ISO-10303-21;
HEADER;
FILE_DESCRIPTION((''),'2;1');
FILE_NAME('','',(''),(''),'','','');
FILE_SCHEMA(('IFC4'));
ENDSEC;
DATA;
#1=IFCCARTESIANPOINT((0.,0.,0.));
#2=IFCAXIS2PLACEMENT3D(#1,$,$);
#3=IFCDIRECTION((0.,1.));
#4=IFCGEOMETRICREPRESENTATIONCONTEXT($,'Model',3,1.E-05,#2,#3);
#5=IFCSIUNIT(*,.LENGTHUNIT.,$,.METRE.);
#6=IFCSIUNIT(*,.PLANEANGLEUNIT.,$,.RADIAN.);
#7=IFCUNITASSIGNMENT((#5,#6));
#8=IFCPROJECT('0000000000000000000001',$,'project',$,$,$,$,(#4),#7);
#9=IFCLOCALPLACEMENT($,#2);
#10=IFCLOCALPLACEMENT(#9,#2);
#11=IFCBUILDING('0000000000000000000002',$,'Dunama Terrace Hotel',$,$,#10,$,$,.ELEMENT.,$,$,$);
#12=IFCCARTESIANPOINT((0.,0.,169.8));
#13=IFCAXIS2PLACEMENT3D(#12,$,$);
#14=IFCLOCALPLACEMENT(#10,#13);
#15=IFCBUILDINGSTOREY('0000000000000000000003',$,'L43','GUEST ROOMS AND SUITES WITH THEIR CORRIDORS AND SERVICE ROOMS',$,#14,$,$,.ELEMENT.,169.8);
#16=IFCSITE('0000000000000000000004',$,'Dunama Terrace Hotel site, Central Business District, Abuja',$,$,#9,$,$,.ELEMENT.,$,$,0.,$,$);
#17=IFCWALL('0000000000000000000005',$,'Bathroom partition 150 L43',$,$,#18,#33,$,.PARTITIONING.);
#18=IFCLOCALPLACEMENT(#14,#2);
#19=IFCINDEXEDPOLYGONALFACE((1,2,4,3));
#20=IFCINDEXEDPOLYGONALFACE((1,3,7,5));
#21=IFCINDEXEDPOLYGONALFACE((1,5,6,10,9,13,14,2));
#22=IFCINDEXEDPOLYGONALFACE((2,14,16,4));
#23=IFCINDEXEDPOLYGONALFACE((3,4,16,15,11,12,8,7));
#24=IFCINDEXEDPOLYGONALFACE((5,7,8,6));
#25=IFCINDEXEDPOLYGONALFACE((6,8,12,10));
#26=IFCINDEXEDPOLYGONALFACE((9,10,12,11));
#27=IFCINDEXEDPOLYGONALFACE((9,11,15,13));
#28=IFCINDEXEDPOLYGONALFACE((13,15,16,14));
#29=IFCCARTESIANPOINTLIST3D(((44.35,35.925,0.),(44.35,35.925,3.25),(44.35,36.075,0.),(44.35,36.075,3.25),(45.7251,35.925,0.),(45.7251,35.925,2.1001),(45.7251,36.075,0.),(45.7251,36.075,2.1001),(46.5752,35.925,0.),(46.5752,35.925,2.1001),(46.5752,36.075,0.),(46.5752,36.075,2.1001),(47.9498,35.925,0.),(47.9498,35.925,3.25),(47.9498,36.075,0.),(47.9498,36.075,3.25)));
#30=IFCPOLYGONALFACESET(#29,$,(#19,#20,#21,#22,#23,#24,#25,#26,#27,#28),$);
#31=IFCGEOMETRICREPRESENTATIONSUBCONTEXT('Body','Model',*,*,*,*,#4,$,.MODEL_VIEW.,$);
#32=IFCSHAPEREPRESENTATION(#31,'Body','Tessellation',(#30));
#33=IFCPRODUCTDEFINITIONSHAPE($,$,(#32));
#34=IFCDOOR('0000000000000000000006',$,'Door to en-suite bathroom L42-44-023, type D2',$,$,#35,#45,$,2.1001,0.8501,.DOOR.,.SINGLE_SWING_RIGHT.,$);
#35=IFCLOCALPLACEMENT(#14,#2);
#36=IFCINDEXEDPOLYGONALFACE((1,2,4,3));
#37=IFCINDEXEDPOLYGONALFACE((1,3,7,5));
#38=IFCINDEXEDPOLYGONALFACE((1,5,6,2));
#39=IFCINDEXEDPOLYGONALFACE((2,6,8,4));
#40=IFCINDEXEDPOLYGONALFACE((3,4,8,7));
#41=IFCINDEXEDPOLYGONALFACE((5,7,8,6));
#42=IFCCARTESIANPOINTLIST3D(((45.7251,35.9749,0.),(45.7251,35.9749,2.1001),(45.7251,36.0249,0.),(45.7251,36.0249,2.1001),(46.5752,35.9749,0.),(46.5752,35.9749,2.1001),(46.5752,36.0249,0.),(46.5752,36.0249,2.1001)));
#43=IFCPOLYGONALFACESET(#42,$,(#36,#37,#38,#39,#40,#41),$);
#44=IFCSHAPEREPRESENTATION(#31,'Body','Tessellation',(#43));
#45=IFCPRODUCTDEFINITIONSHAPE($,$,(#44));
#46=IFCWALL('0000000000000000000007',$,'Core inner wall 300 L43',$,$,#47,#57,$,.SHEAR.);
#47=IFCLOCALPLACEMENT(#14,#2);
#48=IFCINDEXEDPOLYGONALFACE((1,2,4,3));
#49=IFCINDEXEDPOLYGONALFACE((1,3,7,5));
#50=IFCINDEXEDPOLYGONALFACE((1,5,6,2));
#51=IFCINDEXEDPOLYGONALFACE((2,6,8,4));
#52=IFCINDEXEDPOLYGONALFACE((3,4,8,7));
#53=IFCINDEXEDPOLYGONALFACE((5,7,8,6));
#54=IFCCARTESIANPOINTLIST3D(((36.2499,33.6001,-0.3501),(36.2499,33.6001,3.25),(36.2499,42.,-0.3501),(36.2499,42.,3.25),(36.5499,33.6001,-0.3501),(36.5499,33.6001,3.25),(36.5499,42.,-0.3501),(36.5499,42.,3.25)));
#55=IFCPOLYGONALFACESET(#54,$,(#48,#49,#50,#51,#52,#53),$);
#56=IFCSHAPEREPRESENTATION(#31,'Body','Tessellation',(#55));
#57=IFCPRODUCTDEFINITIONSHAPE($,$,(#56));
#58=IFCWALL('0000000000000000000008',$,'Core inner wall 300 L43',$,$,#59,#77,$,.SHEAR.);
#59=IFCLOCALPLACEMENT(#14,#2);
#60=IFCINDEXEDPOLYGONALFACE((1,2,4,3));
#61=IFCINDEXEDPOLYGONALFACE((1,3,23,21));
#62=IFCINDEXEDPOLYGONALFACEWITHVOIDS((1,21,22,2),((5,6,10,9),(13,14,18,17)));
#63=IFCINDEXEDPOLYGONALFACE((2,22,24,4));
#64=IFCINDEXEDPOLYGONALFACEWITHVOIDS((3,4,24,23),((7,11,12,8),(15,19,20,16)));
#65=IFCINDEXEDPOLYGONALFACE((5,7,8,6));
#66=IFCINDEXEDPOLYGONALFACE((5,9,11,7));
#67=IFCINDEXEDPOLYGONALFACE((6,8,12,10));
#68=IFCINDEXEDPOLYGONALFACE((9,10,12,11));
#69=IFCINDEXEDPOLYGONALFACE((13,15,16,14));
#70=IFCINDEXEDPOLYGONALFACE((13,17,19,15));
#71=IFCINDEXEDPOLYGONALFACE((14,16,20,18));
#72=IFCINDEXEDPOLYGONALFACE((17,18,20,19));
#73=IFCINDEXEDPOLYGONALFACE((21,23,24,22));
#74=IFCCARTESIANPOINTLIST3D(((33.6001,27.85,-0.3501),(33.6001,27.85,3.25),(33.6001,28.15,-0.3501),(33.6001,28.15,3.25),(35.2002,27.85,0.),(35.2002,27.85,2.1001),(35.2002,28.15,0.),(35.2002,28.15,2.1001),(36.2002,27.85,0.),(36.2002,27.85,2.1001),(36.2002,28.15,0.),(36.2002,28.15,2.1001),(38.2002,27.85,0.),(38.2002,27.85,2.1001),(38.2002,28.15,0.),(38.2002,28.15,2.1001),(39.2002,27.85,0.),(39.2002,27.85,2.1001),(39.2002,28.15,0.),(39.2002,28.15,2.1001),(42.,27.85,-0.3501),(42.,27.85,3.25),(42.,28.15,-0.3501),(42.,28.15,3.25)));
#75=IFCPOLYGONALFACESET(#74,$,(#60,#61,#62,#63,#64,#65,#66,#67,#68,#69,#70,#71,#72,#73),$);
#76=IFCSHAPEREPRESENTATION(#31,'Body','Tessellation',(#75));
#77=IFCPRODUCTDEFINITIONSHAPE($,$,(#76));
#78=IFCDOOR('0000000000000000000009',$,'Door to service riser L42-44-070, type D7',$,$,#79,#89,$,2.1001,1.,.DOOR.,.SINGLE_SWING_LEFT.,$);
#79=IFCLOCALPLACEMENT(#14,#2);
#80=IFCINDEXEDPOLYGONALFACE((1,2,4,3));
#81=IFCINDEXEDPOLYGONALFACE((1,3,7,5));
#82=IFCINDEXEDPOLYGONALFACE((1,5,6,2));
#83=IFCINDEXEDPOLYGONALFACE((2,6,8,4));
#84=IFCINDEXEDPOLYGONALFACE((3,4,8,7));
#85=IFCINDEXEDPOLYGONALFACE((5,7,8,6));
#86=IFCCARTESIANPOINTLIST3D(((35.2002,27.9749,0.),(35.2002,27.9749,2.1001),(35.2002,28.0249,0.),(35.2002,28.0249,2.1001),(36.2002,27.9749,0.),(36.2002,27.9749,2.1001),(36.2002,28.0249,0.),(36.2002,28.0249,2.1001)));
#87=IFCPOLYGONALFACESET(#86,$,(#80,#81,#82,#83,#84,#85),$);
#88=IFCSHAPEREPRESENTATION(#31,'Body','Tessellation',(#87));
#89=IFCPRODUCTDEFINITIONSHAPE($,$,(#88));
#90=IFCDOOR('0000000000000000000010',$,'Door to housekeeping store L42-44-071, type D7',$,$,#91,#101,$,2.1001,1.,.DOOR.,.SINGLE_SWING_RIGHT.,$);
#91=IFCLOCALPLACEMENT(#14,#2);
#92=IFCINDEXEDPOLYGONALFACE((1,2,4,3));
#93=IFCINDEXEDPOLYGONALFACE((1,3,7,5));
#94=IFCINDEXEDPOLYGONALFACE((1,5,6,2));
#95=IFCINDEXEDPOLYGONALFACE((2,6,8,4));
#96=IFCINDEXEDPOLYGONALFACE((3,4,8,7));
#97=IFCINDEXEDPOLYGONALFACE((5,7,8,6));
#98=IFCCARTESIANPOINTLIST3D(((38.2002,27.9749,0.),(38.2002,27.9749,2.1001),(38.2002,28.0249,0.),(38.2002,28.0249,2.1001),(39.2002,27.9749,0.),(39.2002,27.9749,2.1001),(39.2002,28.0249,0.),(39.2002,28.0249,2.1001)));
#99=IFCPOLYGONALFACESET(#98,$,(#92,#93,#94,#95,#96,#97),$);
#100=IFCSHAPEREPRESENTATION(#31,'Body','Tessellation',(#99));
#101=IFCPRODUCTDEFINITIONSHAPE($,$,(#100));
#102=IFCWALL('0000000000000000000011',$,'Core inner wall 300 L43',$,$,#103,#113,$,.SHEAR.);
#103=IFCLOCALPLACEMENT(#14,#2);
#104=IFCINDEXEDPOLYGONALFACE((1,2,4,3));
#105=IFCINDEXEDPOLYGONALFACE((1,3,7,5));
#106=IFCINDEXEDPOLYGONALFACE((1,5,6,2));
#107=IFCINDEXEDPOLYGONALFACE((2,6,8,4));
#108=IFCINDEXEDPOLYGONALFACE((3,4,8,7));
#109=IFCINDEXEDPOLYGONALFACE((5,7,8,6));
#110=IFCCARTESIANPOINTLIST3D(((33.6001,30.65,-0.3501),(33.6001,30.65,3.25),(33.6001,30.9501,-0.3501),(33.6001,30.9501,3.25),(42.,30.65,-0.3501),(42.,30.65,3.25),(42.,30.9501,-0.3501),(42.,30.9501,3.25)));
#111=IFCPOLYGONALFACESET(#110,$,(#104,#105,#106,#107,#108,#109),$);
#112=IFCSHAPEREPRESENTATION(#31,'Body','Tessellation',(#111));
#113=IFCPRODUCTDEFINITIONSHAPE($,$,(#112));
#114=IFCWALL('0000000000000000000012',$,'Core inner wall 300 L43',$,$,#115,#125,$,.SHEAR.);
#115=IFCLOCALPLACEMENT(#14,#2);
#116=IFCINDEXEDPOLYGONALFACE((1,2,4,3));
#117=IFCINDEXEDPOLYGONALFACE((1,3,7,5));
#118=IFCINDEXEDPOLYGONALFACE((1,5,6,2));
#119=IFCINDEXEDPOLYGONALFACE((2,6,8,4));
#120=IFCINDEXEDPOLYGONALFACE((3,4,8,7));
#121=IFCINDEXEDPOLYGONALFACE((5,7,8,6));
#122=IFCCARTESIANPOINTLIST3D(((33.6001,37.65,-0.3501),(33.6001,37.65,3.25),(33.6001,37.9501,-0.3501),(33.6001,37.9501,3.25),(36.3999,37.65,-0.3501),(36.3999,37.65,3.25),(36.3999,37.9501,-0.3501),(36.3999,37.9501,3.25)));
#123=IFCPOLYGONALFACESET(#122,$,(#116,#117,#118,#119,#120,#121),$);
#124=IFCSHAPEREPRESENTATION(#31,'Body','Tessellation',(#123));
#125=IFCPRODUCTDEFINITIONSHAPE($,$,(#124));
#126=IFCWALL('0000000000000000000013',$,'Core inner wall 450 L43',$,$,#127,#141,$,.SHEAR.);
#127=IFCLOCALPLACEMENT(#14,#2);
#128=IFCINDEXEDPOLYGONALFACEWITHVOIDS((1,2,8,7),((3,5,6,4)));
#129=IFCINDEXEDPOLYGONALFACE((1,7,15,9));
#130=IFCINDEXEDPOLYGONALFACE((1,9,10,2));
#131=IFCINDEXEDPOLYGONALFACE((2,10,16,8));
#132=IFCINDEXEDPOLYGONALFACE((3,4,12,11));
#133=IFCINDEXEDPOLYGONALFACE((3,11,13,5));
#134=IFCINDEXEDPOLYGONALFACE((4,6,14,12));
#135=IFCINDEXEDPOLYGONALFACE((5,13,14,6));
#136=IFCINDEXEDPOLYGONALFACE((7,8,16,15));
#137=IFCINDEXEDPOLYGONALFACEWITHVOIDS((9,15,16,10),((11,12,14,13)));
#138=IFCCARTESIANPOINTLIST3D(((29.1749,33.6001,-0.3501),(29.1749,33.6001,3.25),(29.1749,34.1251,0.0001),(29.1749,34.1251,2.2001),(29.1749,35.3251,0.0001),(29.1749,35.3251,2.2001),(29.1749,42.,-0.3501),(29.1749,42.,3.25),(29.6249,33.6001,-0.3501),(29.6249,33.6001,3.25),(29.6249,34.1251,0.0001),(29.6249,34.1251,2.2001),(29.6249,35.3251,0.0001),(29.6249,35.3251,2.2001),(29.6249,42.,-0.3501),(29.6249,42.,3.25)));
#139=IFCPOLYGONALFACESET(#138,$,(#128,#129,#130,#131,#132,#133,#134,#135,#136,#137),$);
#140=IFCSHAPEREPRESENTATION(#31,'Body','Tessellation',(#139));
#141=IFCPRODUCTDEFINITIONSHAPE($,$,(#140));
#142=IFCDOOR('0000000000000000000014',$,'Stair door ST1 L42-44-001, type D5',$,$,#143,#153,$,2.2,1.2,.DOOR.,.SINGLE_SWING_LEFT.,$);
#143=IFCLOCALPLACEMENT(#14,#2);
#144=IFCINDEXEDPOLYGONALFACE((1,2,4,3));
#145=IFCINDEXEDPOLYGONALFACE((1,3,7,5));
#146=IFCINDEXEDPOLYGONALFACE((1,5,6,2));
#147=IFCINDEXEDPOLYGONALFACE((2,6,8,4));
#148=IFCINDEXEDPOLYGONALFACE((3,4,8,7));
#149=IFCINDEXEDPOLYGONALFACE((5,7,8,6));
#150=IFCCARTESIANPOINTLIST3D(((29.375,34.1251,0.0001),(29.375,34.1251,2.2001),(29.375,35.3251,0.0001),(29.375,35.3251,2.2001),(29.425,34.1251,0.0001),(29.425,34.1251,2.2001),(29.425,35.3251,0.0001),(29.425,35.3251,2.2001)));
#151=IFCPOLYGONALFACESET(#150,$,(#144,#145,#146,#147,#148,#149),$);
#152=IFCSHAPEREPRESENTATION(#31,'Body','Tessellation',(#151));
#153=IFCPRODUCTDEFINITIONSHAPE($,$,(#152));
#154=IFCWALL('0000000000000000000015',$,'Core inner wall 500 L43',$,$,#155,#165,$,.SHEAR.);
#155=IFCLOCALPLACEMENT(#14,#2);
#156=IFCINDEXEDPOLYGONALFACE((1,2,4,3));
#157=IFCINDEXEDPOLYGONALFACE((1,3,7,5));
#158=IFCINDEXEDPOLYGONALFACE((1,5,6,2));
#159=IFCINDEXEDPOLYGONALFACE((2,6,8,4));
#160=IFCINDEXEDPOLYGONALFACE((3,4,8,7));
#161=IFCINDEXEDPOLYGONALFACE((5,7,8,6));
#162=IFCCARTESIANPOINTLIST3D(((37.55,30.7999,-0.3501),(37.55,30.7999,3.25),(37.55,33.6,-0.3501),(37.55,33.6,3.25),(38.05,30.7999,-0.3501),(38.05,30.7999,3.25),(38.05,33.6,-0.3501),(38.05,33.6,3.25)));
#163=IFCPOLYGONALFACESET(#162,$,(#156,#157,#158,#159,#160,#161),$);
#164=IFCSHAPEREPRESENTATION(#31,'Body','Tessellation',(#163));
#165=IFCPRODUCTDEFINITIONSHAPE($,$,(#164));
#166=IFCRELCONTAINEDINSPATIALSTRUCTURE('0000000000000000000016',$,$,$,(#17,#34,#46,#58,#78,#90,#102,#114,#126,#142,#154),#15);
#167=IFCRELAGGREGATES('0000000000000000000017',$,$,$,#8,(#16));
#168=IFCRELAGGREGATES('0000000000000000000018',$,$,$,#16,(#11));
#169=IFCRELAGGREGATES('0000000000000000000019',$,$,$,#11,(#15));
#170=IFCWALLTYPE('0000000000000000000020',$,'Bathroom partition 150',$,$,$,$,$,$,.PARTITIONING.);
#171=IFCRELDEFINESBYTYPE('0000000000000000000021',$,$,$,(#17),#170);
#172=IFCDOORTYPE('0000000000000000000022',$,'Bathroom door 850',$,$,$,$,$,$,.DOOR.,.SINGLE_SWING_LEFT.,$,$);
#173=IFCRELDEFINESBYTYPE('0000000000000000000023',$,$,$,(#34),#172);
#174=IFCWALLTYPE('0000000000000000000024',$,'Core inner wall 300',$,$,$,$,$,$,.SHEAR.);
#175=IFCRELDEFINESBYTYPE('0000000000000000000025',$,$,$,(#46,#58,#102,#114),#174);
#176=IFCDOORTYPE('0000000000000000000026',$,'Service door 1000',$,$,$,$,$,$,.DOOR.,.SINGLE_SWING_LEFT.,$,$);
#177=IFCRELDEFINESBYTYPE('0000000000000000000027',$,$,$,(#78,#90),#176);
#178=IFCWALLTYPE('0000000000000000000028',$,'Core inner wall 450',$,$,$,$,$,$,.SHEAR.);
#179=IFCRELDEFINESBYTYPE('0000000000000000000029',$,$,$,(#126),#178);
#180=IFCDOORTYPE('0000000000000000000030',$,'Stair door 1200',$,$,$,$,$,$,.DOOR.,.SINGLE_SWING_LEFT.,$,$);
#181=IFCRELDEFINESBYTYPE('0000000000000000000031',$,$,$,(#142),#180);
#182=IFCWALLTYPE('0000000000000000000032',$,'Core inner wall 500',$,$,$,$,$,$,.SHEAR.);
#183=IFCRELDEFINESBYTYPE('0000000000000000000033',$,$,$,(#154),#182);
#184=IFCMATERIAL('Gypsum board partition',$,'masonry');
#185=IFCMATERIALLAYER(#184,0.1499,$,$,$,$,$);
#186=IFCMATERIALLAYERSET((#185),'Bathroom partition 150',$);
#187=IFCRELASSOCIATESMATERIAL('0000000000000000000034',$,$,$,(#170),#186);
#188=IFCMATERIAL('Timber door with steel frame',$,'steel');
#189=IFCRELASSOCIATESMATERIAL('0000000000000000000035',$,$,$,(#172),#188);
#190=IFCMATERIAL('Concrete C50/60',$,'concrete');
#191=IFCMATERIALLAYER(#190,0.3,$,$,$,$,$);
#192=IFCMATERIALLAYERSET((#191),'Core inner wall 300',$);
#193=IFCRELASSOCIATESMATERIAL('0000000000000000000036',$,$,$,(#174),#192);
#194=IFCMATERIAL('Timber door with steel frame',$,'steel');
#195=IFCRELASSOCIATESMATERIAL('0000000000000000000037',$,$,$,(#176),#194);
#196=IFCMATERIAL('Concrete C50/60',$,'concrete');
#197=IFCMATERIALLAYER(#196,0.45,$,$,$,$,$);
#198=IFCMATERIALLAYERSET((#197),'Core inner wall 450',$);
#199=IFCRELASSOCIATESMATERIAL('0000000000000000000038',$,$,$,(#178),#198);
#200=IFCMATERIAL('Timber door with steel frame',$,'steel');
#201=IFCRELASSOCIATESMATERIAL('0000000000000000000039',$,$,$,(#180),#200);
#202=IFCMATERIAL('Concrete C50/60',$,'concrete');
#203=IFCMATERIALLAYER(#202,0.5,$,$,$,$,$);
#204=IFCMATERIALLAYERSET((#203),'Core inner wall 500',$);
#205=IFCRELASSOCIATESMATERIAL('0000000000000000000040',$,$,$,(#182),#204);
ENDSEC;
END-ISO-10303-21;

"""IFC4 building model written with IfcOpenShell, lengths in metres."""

from ifc_helpers import new_model, si_unit, direction, frame, frame_2d, origin, place, context, subcontext, project, spatial, rectangle, extrude, material, layer, layer_set, type_object, element, fill, save


model = new_model("IFC4")

# Units and contexts
model_context = context("Model", 3, precision=1e-05, world=origin(), true_north=direction((0.0, 1.0)))
body_context = subcontext(model_context, "Body", "Model", "MODEL_VIEW")
ifc_project = project(units=[si_unit("LENGTHUNIT", "METRE"), si_unit("PLANEANGLEUNIT", "RADIAN")], contexts=[model_context])

# Site, building, storey
site_placement = place(None, origin())
site = spatial("IfcSite", under=ifc_project, at=site_placement, Name="Dunama Terrace Hotel site, Central Business District, Abuja", CompositionType="ELEMENT", RefElevation=0.0)
building_placement = place(site_placement, origin())
building = spatial("IfcBuilding", under=site, at=building_placement, Name="Dunama Terrace Hotel", CompositionType="ELEMENT")
storey_placement = place(building_placement, frame((0.0, 0.0, 169.8)))
storey = spatial("IfcBuildingStorey", under=building, at=storey_placement, Name="L43", Description="GUEST ROOMS AND SUITES WITH THEIR CORRIDORS AND SERVICE ROOMS", CompositionType="ELEMENT", Elevation=169.8)

# Wall, opening, door
ifc_material_1 = material(Name="Gypsum board partition", Category="masonry")
ifc_layer_1 = layer(ifc_material_1, 0.1499)
ifc_layer_set_1 = layer_set([ifc_layer_1], Name="Bathroom partition 150")
wall_type_1 = type_object("IfcWallType", Name="Bathroom partition 150", PredefinedType="PARTITIONING", material=ifc_layer_set_1)
wall_1_placement = place(storey_placement, frame((44.3501, 36.0, 0.0), z_axis=(0.0, 0.0, 1.0), x_axis=(1.0, 0.0, 0.0)))
wall_1 = element("IfcWall", 1, at=wall_1_placement, inside=storey, type_object=wall_type_1, Name="Bathroom partition 150 L43", PredefinedType="PARTITIONING", context=body_context, shape_type="SweptSolid", body=[
    extrude(rectangle(XDim=3.5999, YDim=0.1499, at=frame_2d((1.7998, 0.0))), origin(), (0.0, 0.0, 1.0), 3.25),
])
opening_1_placement = place(wall_1_placement, frame((1.375, 0.0, 0.0)))
opening_1 = element("IfcOpeningElement", 2, at=opening_1_placement, cuts=wall_1, PredefinedType="OPENING", context=body_context, shape_type="SweptSolid", body=[
    extrude(rectangle(XDim=0.8501, YDim=2.1001, at=frame_2d((0.425, 1.05))), frame((0.0, 0.085, 0.0), z_axis=(0.0, -1.0, 0.0), x_axis=(1.0, 0.0, 0.0)), (0.0, 0.0, 1.0), 0.1699),
])
ifc_material_2 = material(Name="Timber door with steel frame", Category="steel")
door_type_1 = type_object("IfcDoorType", Name="Bathroom door 850", OperationType="SINGLE_SWING_LEFT", PredefinedType="DOOR", material=ifc_material_2)
door_1_placement = place(opening_1_placement, frame((0.8501, 0.0, 0.0), z_axis=(0.0, 0.0, 1.0), x_axis=(-1.0, 0.0, 0.0)))
door_1 = element("IfcDoor", 3, at=door_1_placement, inside=storey, type_object=door_type_1, Name="Door to en-suite bathroom L42-44-023, type D2", OperationType="SINGLE_SWING_RIGHT", OverallHeight=2.1001, OverallWidth=0.8501, PredefinedType="DOOR", context=body_context, shape_type="SweptSolid", body=[
    extrude(rectangle(XDim=0.8501, YDim=2.1001, at=frame_2d((0.425, 1.05))), frame((0.0, 0.0251, 0.0), z_axis=(0.0, -1.0, 0.0), x_axis=(1.0, 0.0, 0.0)), (0.0, 0.0, 1.0), 0.05),
])
fill(opening_1, door_1)

# Wall
ifc_material_3 = material(Name="Concrete C50/60", Category="concrete")
ifc_layer_2 = layer(ifc_material_3, 0.3)
ifc_layer_set_2 = layer_set([ifc_layer_2], Name="Core inner wall 300")
wall_type_2 = type_object("IfcWallType", Name="Core inner wall 300", PredefinedType="SHEAR", material=ifc_layer_set_2)
wall_2_placement = place(storey_placement, frame((36.3999, 33.6001, -0.3501), z_axis=(0.0, 0.0, 1.0), x_axis=(0.0, 1.0, 0.0)))
element("IfcWall", 4, at=wall_2_placement, inside=storey, type_object=wall_type_2, Name="Core inner wall 300 L43", PredefinedType="SHEAR", context=body_context, shape_type="SweptSolid", body=[
    extrude(rectangle(XDim=8.3999, YDim=0.3, at=frame_2d((4.2, 0.0))), origin(), (0.0, 0.0, 1.0), 3.6001),
])

# Wall, openings, doors
wall_3_placement = place(storey_placement, frame((33.6001, 28.0, -0.3501), z_axis=(0.0, 0.0, 1.0), x_axis=(1.0, 0.0, 0.0)))
wall_3 = element("IfcWall", 5, at=wall_3_placement, inside=storey, type_object=wall_type_2, Name="Core inner wall 300 L43", PredefinedType="SHEAR", context=body_context, shape_type="SweptSolid", body=[
    extrude(rectangle(XDim=8.3999, YDim=0.3, at=frame_2d((4.2, 0.0))), origin(), (0.0, 0.0, 1.0), 3.6001),
])
opening_2_placement = place(wall_3_placement, frame((1.6001, 0.0, 0.3501)))
opening_2 = element("IfcOpeningElement", 6, at=opening_2_placement, cuts=wall_3, PredefinedType="OPENING", context=body_context, shape_type="SweptSolid", body=[
    extrude(rectangle(XDim=1.0, YDim=2.1001, at=frame_2d((0.5, 1.05))), frame((0.0, 0.1599, 0.0), z_axis=(0.0, -1.0, 0.0), x_axis=(1.0, 0.0, 0.0)), (0.0, 0.0, 1.0), 0.3201),
])
opening_3_placement = place(wall_3_placement, frame((4.6001, 0.0, 0.3501)))
opening_3 = element("IfcOpeningElement", 7, at=opening_3_placement, cuts=wall_3, PredefinedType="OPENING", context=body_context, shape_type="SweptSolid", body=[
    extrude(rectangle(XDim=1.0, YDim=2.1001, at=frame_2d((0.5, 1.05))), frame((0.0, 0.1599, 0.0), z_axis=(0.0, -1.0, 0.0), x_axis=(1.0, 0.0, 0.0)), (0.0, 0.0, 1.0), 0.3201),
])
ifc_material_4 = material(Name="Timber door with steel frame", Category="steel")
door_type_2 = type_object("IfcDoorType", Name="Service door 1000", OperationType="SINGLE_SWING_LEFT", PredefinedType="DOOR", material=ifc_material_4)
door_2_placement = place(opening_2_placement, frame((1.0, 0.0, 0.0), z_axis=(0.0, 0.0, 1.0), x_axis=(-1.0, 0.0, 0.0)))
door_2 = element("IfcDoor", 8, at=door_2_placement, inside=storey, type_object=door_type_2, Name="Door to service riser L42-44-070, type D7", OperationType="SINGLE_SWING_LEFT", OverallHeight=2.1001, OverallWidth=1.0, PredefinedType="DOOR", context=body_context, shape_type="SweptSolid", body=[
    extrude(rectangle(XDim=1.0, YDim=2.1001, at=frame_2d((0.5, 1.05))), frame((0.0, 0.0251, 0.0), z_axis=(0.0, -1.0, 0.0), x_axis=(1.0, 0.0, 0.0)), (0.0, 0.0, 1.0), 0.05),
])
fill(opening_2, door_2)
door_3_placement = place(opening_3_placement, frame((1.0, 0.0, 0.0), z_axis=(0.0, 0.0, 1.0), x_axis=(-1.0, 0.0, 0.0)))
door_3 = element("IfcDoor", 9, at=door_3_placement, inside=storey, type_object=door_type_2, Name="Door to housekeeping store L42-44-071, type D7", OperationType="SINGLE_SWING_RIGHT", OverallHeight=2.1001, OverallWidth=1.0, PredefinedType="DOOR", context=body_context, shape_type="SweptSolid", body=[
    extrude(rectangle(XDim=1.0, YDim=2.1001, at=frame_2d((0.5, 1.05))), frame((0.0, 0.0251, 0.0), z_axis=(0.0, -1.0, 0.0), x_axis=(1.0, 0.0, 0.0)), (0.0, 0.0, 1.0), 0.05),
])
fill(opening_3, door_3)

# Walls
wall_4_placement = place(storey_placement, frame((33.6001, 30.8, -0.3501), z_axis=(0.0, 0.0, 1.0), x_axis=(1.0, 0.0, 0.0)))
element("IfcWall", 10, at=wall_4_placement, inside=storey, type_object=wall_type_2, Name="Core inner wall 300 L43", PredefinedType="SHEAR", context=body_context, shape_type="SweptSolid", body=[
    extrude(rectangle(XDim=8.3999, YDim=0.3, at=frame_2d((4.2, 0.0))), origin(), (0.0, 0.0, 1.0), 3.6001),
])
wall_5_placement = place(storey_placement, frame((33.6001, 37.8, -0.3501), z_axis=(0.0, 0.0, 1.0), x_axis=(1.0, 0.0, 0.0)))
element("IfcWall", 11, at=wall_5_placement, inside=storey, type_object=wall_type_2, Name="Core inner wall 300 L43", PredefinedType="SHEAR", context=body_context, shape_type="SweptSolid", body=[
    extrude(rectangle(XDim=2.7998, YDim=0.3, at=frame_2d((1.3999, 0.0))), origin(), (0.0, 0.0, 1.0), 3.6001),
])

# Wall, opening, door
ifc_material_5 = material(Name="Concrete C50/60", Category="concrete")
ifc_layer_3 = layer(ifc_material_5, 0.45)
ifc_layer_set_3 = layer_set([ifc_layer_3], Name="Core inner wall 450")
wall_type_3 = type_object("IfcWallType", Name="Core inner wall 450", PredefinedType="SHEAR", material=ifc_layer_set_3)
wall_6_placement = place(storey_placement, frame((29.3999, 33.6001, -0.3501), z_axis=(0.0, 0.0, 1.0), x_axis=(0.0, 1.0, 0.0)))
wall_6 = element("IfcWall", 12, at=wall_6_placement, inside=storey, type_object=wall_type_3, Name="Core inner wall 450 L43", PredefinedType="SHEAR", context=body_context, shape_type="SweptSolid", body=[
    extrude(rectangle(XDim=8.3999, YDim=0.45, at=frame_2d((4.2, 0.0))), origin(), (0.0, 0.0, 1.0), 3.6001),
])
opening_4_placement = place(wall_6_placement, frame((0.5249, 0.0, 0.3501)))
opening_4 = element("IfcOpeningElement", 13, at=opening_4_placement, cuts=wall_6, PredefinedType="OPENING", context=body_context, shape_type="SweptSolid", body=[
    extrude(rectangle(XDim=1.2, YDim=2.2, at=frame_2d((0.6001, 1.1001))), frame((0.0, 0.2349, 0.0), z_axis=(0.0, -1.0, 0.0), x_axis=(1.0, 0.0, 0.0)), (0.0, 0.0, 1.0), 0.47),
])
ifc_material_6 = material(Name="Timber door with steel frame", Category="steel")
door_type_3 = type_object("IfcDoorType", Name="Stair door 1200", OperationType="SINGLE_SWING_LEFT", PredefinedType="DOOR", material=ifc_material_6)
door_4_placement = place(opening_4_placement, origin())
door_4 = element("IfcDoor", 14, at=door_4_placement, inside=storey, type_object=door_type_3, Name="Stair door ST1 L42-44-001, type D5", OperationType="SINGLE_SWING_LEFT", OverallHeight=2.2, OverallWidth=1.2, PredefinedType="DOOR", context=body_context, shape_type="SweptSolid", body=[
    extrude(rectangle(XDim=1.2, YDim=2.2, at=frame_2d((0.6001, 1.1001))), frame((0.0, 0.0249, 0.0), z_axis=(0.0, -1.0, 0.0), x_axis=(1.0, 0.0, 0.0)), (0.0, 0.0, 1.0), 0.05),
])
fill(opening_4, door_4)

# Wall
ifc_material_7 = material(Name="Concrete C50/60", Category="concrete")
ifc_layer_4 = layer(ifc_material_7, 0.5)
ifc_layer_set_4 = layer_set([ifc_layer_4], Name="Core inner wall 500")
wall_type_4 = type_object("IfcWallType", Name="Core inner wall 500", PredefinedType="SHEAR", material=ifc_layer_set_4)
wall_7_placement = place(storey_placement, frame((37.8, 30.8, -0.3501), z_axis=(0.0, 0.0, 1.0), x_axis=(0.0, 1.0, 0.0)))
element("IfcWall", 15, at=wall_7_placement, inside=storey, type_object=wall_type_4, Name="Core inner wall 500 L43", PredefinedType="SHEAR", context=body_context, shape_type="SweptSolid", body=[
    extrude(rectangle(XDim=2.8, YDim=0.5, at=frame_2d((1.3999, 0.0))), origin(), (0.0, 0.0, 1.0), 3.6001),
])

save(model, "model.ifc")
